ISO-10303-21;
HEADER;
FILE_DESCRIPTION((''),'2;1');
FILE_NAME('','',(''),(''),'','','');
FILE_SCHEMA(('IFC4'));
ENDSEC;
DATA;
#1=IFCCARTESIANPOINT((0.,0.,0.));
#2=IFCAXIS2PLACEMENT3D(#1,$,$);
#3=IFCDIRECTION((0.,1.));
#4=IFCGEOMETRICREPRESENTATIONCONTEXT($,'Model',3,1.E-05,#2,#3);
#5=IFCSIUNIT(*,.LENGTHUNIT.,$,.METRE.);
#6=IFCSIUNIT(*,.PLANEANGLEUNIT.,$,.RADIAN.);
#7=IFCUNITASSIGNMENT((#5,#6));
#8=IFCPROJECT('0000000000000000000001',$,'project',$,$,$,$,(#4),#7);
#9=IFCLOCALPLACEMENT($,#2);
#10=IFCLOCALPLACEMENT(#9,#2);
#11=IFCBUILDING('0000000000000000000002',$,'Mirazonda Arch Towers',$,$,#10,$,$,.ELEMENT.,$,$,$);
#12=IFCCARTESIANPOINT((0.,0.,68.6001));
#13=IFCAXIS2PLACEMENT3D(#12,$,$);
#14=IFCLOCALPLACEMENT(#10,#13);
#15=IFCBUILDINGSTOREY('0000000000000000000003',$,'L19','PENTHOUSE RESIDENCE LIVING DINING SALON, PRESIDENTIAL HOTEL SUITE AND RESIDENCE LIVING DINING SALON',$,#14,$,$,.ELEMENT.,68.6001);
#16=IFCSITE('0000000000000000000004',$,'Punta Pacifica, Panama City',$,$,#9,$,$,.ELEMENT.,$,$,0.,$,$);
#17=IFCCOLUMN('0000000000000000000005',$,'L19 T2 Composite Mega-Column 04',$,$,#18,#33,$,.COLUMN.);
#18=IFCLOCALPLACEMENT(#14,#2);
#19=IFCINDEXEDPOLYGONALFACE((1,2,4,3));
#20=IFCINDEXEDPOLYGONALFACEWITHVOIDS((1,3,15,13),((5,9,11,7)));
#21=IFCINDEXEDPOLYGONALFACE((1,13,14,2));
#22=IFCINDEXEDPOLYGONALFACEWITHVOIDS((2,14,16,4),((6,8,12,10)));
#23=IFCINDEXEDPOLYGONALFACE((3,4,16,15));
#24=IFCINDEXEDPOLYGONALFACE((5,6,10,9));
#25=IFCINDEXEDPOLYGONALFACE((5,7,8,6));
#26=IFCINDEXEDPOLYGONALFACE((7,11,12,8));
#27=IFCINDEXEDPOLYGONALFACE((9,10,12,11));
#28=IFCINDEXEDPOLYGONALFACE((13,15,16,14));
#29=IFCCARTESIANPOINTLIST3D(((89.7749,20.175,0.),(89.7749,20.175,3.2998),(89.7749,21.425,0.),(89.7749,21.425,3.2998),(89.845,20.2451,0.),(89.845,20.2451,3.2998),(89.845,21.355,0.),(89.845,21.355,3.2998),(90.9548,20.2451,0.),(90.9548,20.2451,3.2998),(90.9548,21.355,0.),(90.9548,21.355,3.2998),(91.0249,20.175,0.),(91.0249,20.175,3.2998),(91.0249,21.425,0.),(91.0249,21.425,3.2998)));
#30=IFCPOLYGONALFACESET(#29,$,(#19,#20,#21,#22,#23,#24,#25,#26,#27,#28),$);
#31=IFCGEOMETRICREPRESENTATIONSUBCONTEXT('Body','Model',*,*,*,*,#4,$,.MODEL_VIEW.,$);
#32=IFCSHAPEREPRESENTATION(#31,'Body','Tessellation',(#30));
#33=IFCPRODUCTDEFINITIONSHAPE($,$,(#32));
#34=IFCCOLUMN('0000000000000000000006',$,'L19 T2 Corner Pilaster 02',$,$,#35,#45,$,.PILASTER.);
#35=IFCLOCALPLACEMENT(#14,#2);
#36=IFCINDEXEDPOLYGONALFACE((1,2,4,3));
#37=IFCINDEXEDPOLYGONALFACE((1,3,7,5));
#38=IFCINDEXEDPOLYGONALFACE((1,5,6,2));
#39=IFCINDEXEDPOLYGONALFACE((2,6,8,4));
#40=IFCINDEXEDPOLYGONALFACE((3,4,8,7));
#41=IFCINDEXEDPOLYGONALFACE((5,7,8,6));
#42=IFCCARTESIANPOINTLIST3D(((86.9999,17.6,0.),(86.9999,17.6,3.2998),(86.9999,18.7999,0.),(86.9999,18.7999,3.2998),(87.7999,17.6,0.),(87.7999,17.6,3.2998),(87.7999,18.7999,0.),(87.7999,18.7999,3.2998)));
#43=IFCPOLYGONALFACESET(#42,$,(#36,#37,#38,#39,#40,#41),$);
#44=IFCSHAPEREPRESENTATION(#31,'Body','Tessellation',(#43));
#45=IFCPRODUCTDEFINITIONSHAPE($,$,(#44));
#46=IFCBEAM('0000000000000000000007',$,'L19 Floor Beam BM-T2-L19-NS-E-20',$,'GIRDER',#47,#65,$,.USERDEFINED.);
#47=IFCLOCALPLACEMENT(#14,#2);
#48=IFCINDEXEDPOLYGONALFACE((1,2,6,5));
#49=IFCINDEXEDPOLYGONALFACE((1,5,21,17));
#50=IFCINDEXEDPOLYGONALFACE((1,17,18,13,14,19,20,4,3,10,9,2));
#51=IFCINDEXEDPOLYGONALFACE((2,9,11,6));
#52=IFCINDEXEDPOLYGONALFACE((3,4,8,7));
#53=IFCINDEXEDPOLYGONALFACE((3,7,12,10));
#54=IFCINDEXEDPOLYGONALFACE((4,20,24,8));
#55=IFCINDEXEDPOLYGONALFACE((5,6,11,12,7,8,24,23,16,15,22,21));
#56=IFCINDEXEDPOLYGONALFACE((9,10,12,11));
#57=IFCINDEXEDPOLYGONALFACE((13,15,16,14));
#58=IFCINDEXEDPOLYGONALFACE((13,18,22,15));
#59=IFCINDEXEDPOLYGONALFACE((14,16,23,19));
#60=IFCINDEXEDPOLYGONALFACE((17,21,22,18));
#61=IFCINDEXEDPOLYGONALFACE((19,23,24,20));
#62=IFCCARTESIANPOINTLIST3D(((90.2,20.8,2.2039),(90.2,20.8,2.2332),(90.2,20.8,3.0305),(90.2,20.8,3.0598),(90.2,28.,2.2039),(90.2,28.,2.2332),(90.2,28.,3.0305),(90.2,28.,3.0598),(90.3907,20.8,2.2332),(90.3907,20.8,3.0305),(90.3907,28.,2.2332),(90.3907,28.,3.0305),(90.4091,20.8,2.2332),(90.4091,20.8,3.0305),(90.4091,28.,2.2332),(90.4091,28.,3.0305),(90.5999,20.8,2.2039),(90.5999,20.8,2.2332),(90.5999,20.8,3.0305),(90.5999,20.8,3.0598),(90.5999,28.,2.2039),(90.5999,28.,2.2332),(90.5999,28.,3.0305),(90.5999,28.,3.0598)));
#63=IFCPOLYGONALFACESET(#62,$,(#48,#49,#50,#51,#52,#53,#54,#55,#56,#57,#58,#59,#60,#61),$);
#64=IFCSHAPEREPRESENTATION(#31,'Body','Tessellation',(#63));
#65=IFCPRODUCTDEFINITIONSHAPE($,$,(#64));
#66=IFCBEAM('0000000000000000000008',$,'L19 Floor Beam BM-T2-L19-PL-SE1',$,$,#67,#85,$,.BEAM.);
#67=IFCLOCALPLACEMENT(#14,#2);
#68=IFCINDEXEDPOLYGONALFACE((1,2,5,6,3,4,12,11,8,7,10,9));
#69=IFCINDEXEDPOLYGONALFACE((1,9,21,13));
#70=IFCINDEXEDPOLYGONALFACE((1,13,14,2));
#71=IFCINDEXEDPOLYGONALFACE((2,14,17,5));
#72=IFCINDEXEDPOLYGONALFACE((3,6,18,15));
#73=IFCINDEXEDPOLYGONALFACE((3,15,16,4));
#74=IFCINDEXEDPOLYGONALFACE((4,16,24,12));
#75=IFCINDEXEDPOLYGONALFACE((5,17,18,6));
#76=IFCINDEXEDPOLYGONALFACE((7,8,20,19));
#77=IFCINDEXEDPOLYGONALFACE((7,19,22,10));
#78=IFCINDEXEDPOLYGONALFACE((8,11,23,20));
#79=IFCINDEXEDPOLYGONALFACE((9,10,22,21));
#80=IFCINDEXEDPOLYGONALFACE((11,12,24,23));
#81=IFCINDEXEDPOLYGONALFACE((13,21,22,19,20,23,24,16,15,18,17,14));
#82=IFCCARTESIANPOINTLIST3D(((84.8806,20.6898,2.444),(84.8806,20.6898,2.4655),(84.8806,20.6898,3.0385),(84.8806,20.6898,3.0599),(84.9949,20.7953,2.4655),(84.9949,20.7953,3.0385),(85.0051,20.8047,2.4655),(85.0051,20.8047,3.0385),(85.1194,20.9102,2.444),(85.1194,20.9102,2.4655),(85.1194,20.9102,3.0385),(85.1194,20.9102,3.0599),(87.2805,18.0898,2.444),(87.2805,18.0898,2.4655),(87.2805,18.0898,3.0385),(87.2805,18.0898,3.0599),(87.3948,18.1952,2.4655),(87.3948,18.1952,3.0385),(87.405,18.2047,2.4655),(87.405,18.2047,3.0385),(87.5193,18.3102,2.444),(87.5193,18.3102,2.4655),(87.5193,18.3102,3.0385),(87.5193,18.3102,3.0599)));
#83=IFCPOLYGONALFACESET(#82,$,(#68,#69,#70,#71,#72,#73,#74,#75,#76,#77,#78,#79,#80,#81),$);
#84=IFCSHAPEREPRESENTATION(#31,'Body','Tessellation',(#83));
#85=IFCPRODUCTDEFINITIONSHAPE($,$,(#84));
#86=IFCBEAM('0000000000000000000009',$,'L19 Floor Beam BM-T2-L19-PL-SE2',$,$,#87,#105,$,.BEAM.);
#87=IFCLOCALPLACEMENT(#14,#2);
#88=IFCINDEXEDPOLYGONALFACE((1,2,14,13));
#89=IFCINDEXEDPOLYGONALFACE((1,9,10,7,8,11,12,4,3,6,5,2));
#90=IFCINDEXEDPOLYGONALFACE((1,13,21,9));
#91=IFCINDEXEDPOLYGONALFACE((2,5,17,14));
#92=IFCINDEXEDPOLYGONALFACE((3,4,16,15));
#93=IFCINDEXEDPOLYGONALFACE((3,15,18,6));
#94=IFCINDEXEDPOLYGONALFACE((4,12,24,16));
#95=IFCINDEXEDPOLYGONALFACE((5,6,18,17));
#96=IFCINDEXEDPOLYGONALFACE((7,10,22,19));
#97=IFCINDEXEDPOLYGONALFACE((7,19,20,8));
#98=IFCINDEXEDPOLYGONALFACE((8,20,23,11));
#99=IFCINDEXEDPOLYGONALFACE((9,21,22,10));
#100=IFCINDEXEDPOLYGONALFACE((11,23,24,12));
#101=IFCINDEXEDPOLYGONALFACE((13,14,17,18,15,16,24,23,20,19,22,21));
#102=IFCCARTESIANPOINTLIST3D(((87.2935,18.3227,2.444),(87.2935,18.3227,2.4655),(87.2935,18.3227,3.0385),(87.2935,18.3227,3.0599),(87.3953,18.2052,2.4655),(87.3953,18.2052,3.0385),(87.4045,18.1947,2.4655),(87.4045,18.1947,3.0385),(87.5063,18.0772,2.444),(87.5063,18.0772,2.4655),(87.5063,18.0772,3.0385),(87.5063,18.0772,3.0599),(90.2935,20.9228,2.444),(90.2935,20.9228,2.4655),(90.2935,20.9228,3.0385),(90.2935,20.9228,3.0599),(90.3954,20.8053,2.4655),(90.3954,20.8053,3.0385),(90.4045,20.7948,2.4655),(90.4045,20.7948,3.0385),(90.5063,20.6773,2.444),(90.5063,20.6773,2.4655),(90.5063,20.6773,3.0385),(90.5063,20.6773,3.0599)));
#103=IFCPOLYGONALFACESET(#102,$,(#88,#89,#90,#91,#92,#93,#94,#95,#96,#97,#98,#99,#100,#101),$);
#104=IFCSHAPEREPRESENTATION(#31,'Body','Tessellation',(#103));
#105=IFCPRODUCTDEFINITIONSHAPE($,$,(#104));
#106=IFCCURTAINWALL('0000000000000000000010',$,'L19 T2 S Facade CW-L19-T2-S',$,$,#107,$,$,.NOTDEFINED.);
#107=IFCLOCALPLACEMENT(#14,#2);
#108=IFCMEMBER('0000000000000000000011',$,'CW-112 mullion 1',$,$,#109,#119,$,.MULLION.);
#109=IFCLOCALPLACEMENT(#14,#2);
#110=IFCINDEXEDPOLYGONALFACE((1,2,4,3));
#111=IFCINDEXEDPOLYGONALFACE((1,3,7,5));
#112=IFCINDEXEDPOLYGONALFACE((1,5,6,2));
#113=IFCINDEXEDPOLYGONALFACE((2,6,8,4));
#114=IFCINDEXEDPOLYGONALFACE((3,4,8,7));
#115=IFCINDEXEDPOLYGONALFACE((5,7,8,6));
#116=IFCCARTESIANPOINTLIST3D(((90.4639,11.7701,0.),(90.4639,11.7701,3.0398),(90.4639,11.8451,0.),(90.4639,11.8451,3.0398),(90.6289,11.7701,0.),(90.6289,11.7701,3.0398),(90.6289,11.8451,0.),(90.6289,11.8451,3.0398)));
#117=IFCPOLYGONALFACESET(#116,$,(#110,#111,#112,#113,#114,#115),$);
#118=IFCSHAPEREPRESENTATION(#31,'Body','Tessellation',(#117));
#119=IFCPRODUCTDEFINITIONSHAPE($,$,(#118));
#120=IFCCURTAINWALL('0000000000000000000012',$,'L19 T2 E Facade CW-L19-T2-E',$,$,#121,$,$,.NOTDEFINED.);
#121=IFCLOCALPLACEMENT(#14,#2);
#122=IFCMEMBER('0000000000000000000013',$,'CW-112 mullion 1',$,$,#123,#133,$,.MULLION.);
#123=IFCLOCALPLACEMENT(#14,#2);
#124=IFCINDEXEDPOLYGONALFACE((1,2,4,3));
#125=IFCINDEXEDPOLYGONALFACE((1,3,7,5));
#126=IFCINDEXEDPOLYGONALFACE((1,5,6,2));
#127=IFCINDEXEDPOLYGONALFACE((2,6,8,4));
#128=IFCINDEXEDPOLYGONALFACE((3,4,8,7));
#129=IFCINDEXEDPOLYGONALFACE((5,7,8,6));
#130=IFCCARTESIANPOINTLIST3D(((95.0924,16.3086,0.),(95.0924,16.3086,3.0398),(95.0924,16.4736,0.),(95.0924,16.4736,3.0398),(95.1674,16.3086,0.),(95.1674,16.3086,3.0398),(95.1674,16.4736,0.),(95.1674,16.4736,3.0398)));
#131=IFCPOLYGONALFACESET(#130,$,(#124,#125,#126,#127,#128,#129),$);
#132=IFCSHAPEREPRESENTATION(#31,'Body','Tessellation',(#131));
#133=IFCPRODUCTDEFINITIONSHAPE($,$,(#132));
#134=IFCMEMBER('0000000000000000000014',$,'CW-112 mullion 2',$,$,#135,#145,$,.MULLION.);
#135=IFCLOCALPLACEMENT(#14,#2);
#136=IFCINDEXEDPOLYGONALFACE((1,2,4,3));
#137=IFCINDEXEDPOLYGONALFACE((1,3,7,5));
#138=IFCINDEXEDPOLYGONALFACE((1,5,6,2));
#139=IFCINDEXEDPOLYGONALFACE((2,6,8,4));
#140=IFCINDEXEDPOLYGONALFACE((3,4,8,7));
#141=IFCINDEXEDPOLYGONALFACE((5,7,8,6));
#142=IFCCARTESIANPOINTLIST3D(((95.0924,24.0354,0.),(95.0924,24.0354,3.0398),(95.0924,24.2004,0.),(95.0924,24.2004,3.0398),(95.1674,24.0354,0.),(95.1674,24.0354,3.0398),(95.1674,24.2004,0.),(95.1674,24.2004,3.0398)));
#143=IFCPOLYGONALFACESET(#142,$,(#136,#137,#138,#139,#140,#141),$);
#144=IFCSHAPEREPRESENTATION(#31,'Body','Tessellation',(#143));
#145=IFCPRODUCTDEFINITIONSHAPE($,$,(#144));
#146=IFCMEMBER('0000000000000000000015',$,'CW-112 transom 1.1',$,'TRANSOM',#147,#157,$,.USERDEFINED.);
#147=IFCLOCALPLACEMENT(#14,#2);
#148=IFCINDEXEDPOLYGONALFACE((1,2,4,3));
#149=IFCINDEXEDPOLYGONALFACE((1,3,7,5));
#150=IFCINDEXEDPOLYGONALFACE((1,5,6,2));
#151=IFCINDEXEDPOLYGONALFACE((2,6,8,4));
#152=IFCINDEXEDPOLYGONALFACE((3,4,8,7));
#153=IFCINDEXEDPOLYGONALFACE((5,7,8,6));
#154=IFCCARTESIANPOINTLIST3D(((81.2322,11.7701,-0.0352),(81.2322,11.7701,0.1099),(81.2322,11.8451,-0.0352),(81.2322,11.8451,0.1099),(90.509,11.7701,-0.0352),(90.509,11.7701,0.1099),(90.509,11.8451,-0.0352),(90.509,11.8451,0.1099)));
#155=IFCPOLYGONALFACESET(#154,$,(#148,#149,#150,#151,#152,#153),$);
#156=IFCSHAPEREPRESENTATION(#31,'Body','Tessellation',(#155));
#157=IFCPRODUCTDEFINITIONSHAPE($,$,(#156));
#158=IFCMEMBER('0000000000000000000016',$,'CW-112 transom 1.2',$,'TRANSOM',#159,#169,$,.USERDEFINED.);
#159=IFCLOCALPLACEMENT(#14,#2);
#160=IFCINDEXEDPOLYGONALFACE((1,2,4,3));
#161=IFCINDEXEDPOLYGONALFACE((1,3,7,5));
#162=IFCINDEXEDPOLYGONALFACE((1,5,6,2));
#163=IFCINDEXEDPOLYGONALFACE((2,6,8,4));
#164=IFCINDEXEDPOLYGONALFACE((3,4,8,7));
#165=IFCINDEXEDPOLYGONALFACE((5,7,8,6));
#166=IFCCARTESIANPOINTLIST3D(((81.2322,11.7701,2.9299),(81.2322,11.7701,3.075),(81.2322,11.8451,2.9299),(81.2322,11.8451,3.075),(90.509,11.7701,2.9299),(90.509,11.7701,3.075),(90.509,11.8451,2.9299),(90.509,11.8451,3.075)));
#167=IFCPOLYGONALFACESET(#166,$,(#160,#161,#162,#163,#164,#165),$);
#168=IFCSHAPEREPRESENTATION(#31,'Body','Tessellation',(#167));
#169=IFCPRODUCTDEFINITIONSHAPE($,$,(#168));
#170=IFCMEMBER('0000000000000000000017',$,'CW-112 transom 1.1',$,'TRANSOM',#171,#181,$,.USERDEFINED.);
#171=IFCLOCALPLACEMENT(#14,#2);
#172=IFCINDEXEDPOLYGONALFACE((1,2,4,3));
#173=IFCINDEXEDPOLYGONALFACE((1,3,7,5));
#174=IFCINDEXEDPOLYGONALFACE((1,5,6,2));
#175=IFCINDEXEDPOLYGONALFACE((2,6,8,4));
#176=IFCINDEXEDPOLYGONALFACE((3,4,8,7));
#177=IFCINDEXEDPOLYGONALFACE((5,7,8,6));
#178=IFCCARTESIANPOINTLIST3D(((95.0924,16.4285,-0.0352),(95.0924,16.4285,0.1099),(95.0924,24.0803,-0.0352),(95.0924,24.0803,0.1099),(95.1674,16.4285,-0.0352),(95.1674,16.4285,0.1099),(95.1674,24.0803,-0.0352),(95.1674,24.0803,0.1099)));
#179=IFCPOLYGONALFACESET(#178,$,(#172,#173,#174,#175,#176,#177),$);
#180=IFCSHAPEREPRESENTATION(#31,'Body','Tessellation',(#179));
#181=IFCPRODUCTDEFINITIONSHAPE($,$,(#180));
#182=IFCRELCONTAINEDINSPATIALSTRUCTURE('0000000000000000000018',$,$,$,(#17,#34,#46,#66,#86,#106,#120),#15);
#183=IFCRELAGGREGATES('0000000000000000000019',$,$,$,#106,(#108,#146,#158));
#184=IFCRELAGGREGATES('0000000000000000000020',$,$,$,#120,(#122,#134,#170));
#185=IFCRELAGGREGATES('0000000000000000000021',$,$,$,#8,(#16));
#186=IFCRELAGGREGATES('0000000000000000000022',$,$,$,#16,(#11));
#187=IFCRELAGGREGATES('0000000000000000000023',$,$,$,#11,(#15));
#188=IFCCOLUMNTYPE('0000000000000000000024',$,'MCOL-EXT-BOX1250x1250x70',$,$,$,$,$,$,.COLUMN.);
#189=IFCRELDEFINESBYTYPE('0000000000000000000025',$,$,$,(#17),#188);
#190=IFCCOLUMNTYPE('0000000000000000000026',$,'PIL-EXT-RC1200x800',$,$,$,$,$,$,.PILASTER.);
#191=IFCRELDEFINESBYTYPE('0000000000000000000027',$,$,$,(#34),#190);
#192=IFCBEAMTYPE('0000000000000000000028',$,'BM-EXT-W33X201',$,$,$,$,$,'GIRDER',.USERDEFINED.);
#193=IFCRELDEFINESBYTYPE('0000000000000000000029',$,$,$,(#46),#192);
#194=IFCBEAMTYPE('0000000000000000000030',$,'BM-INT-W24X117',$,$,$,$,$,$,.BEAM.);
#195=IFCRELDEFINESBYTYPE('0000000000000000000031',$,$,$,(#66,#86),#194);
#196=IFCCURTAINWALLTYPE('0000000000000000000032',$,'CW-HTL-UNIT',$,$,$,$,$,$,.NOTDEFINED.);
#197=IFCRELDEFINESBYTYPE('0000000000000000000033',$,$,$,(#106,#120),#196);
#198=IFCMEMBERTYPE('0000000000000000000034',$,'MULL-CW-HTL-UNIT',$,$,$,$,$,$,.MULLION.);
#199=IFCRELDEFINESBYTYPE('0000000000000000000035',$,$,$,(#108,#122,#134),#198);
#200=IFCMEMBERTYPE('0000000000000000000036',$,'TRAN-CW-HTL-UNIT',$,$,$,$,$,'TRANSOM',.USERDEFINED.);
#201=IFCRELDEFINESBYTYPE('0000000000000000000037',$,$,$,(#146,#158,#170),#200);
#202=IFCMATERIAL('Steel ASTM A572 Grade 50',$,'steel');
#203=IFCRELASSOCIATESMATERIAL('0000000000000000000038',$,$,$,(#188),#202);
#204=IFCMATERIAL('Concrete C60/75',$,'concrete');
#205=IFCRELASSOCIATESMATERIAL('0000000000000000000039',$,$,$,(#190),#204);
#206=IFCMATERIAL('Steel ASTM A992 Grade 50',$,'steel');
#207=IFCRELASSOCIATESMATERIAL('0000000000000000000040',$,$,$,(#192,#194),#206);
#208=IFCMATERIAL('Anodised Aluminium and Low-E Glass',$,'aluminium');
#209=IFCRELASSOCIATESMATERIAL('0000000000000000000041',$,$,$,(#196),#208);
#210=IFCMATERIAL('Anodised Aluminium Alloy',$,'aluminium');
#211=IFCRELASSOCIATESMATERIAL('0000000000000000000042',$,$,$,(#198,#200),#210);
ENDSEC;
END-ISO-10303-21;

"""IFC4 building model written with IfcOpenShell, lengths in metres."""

from ifc_helpers import new_model, si_unit, direction, frame, origin, origin_2d, place, context, subcontext, project, spatial, rectangle, hollow_rectangle, i_section, extrude, material, material_profile, profile_set, type_object, element, aggregate, save


model = new_model("IFC4")

# Units and contexts
model_context = context("Model", 3, precision=1e-05, world=origin(), true_north=direction((0.0, 1.0)))
body_context = subcontext(model_context, "Body", "Model", "MODEL_VIEW")
ifc_project = project(units=[si_unit("LENGTHUNIT", "METRE"), si_unit("PLANEANGLEUNIT", "RADIAN")], contexts=[model_context])

# Site, building, storey
site_placement = place(None, origin())
site = spatial("IfcSite", under=ifc_project, at=site_placement, Name="Punta Pacifica, Panama City", CompositionType="ELEMENT", RefElevation=0.0)
building_placement = place(site_placement, origin())
building = spatial("IfcBuilding", under=site, at=building_placement, Name="Mirazonda Arch Towers", CompositionType="ELEMENT")
storey_placement = place(building_placement, frame((0.0, 0.0, 68.6001)))
storey = spatial("IfcBuildingStorey", under=building, at=storey_placement, Name="L19", Description="PENTHOUSE RESIDENCE LIVING DINING SALON, PRESIDENTIAL HOTEL SUITE AND RESIDENCE LIVING DINING SALON", CompositionType="ELEMENT", Elevation=68.6001)

# Columns
ifc_material_1 = material(Name="Steel ASTM A572 Grade 50", Category="steel")
ifc_material_profile_1 = material_profile(ifc_material_1, hollow_rectangle(XDim=1.25, YDim=1.25, WallThickness=0.0701, at=origin_2d()), Name="BOX1250x1250x70")
ifc_profile_set_1 = profile_set([ifc_material_profile_1], Name="Steel ASTM A572 Grade 50")
column_type_1 = type_object("IfcColumnType", Name="MCOL-EXT-BOX1250x1250x70", PredefinedType="COLUMN", material=ifc_profile_set_1)
column_1_placement = place(storey_placement, frame((90.3999, 20.8, 0.0), z_axis=(0.0, 0.0, 1.0), x_axis=(1.0, 0.0, 0.0)))
element("IfcColumn", 1, at=column_1_placement, inside=storey, type_object=column_type_1, Name="L19 T2 Composite Mega-Column 04", PredefinedType="COLUMN", context=body_context, shape_type="SweptSolid", body=[
    extrude(hollow_rectangle(XDim=1.25, YDim=1.25, WallThickness=0.0701, at=origin_2d()), origin(), (0.0, 0.0, 1.0), 3.2998),
])
ifc_material_2 = material(Name="Concrete C60/75", Category="concrete")
ifc_material_profile_2 = material_profile(ifc_material_2, rectangle(XDim=0.8, YDim=1.2, at=origin_2d()), Name="RC1200x800")
ifc_profile_set_2 = profile_set([ifc_material_profile_2], Name="Concrete C60/75")
column_type_2 = type_object("IfcColumnType", Name="PIL-EXT-RC1200x800", PredefinedType="PILASTER", material=ifc_profile_set_2)
column_2_placement = place(storey_placement, frame((87.3999, 18.2, 0.0), z_axis=(0.0, 0.0, 1.0), x_axis=(1.0, 0.0, 0.0)))
element("IfcColumn", 2, at=column_2_placement, inside=storey, type_object=column_type_2, Name="L19 T2 Corner Pilaster 02", PredefinedType="PILASTER", context=body_context, shape_type="SweptSolid", body=[
    extrude(rectangle(XDim=0.8, YDim=1.2, at=origin_2d()), origin(), (0.0, 0.0, 1.0), 3.2998),
])

# Beams
ifc_material_3 = material(Name="Steel ASTM A992 Grade 50", Category="steel")
ifc_material_profile_3 = material_profile(ifc_material_3, i_section(OverallWidth=0.3999, OverallDepth=0.856, WebThickness=0.0183, FlangeThickness=0.0293, at=origin_2d()), Name="W33X201")
ifc_profile_set_3 = profile_set([ifc_material_profile_3], Name="Steel ASTM A992 Grade 50")
beam_type_1 = type_object("IfcBeamType", Name="BM-EXT-W33X201", ElementType="GIRDER", PredefinedType="USERDEFINED", material=ifc_profile_set_3)
beam_1_placement = place(storey_placement, frame((90.3999, 20.8, 2.6318), z_axis=(0.0, 1.0, 0.0), x_axis=(-1.0, 0.0, 0.0)))
element("IfcBeam", 3, at=beam_1_placement, inside=storey, type_object=beam_type_1, Name="L19 Floor Beam BM-T2-L19-NS-E-20", ObjectType="GIRDER", PredefinedType="USERDEFINED", context=body_context, shape_type="SweptSolid", body=[
    extrude(i_section(OverallWidth=0.3999, OverallDepth=0.856, WebThickness=0.0183, FlangeThickness=0.0293, at=origin_2d()), origin(), (0.0, 0.0, 1.0), 7.2),
])
ifc_material_profile_4 = material_profile(ifc_material_3, i_section(OverallWidth=0.325, OverallDepth=0.616, WebThickness=0.0139, FlangeThickness=0.0215, at=origin_2d()), Name="W24X117")
ifc_profile_set_4 = profile_set([ifc_material_profile_4], Name="Steel ASTM A992 Grade 50")
beam_type_2 = type_object("IfcBeamType", Name="BM-INT-W24X117", PredefinedType="BEAM", material=ifc_profile_set_4)
beam_2_placement = place(storey_placement, frame((87.3999, 18.2, 2.752), z_axis=(-0.678251, 0.73483, 0.0), x_axis=(-0.73483, -0.678251, 0.0)))
element("IfcBeam", 4, at=beam_2_placement, inside=storey, type_object=beam_type_2, Name="L19 Floor Beam BM-T2-L19-PL-SE1", PredefinedType="BEAM", context=body_context, shape_type="SweptSolid", body=[
    extrude(i_section(OverallWidth=0.325, OverallDepth=0.616, WebThickness=0.0139, FlangeThickness=0.0215, at=origin_2d()), origin(), (0.0, 0.0, 1.0), 3.5383),
])
beam_3_placement = place(storey_placement, frame((87.3999, 18.2, 2.752), z_axis=(0.755677, 0.654945, 0.0), x_axis=(-0.654945, 0.755677, 0.0)))
element("IfcBeam", 5, at=beam_3_placement, inside=storey, type_object=beam_type_2, Name="L19 Floor Beam BM-T2-L19-PL-SE2", PredefinedType="BEAM", context=body_context, shape_type="SweptSolid", body=[
    extrude(i_section(OverallWidth=0.325, OverallDepth=0.616, WebThickness=0.0139, FlangeThickness=0.0215, at=origin_2d()), origin(), (0.0, 0.0, 1.0), 3.97),
])

# Curtain wall, member
ifc_material_4 = material(Name="Anodised Aluminium and Low-E Glass", Category="aluminium")
curtain_wall_type = type_object("IfcCurtainWallType", Name="CW-HTL-UNIT", PredefinedType="NOTDEFINED", material=ifc_material_4)
curtain_wall_1_placement = place(storey_placement, origin())
curtain_wall_1 = element("IfcCurtainWall", 6, at=curtain_wall_1_placement, inside=storey, type_object=curtain_wall_type, Name="L19 T2 S Facade CW-L19-T2-S", PredefinedType="NOTDEFINED")
ifc_material_5 = material(Name="Anodised Aluminium Alloy", Category="aluminium")
ifc_material_profile_5 = material_profile(ifc_material_5, rectangle(XDim=0.075, YDim=0.165, at=origin_2d()), Name="ALU-MULL-75x165")
ifc_profile_set_5 = profile_set([ifc_material_profile_5], Name="Anodised Aluminium Alloy")
member_type_1 = type_object("IfcMemberType", Name="MULL-CW-HTL-UNIT", PredefinedType="MULLION", material=ifc_profile_set_5)
member_1_placement = place(storey_placement, frame((90.5464, 11.8076, 0.0), z_axis=(0.0, 0.0, 1.0), x_axis=(0.0, -1.0, 0.0)))
member_1 = element("IfcMember", 7, at=member_1_placement, type_object=member_type_1, Name="CW-112 mullion 1", PredefinedType="MULLION", context=body_context, shape_type="SweptSolid", body=[
    extrude(rectangle(XDim=0.075, YDim=0.165, at=origin_2d()), origin(), (0.0, 0.0, 1.0), 3.0398),
])

# Curtain wall, members
curtain_wall_2_placement = place(storey_placement, origin())
curtain_wall_2 = element("IfcCurtainWall", 8, at=curtain_wall_2_placement, inside=storey, type_object=curtain_wall_type, Name="L19 T2 E Facade CW-L19-T2-E", PredefinedType="NOTDEFINED")
member_2_placement = place(storey_placement, frame((95.1299, 16.3911, 0.0), z_axis=(0.0, 0.0, 1.0), x_axis=(-1.0, 0.0, 0.0)))
member_2 = element("IfcMember", 9, at=member_2_placement, type_object=member_type_1, Name="CW-112 mullion 1", PredefinedType="MULLION", context=body_context, shape_type="SweptSolid", body=[
    extrude(rectangle(XDim=0.075, YDim=0.165, at=origin_2d()), origin(), (0.0, 0.0, 1.0), 3.0398),
])
member_3_placement = place(storey_placement, frame((95.1299, 24.1179, 0.0), z_axis=(0.0, 0.0, 1.0), x_axis=(-1.0, 0.0, 0.0)))
member_3 = element("IfcMember", 10, at=member_3_placement, type_object=member_type_1, Name="CW-112 mullion 2", PredefinedType="MULLION", context=body_context, shape_type="SweptSolid", body=[
    extrude(rectangle(XDim=0.075, YDim=0.165, at=origin_2d()), origin(), (0.0, 0.0, 1.0), 3.0398),
])

# Members
ifc_material_profile_6 = material_profile(ifc_material_5, rectangle(XDim=0.075, YDim=0.145, at=origin_2d()), Name="ALU-TRAN-75x145")
ifc_profile_set_6 = profile_set([ifc_material_profile_6], Name="Anodised Aluminium Alloy")
member_type_2 = type_object("IfcMemberType", Name="TRAN-CW-HTL-UNIT", ElementType="TRANSOM", PredefinedType="USERDEFINED", material=ifc_profile_set_6)
member_4_placement = place(storey_placement, frame((90.509, 11.8076, 0.0374), z_axis=(-1.0, 0.0, 0.0), x_axis=(0.0, -1.0, 0.0)))
member_4 = element("IfcMember", 11, at=member_4_placement, type_object=member_type_2, Name="CW-112 transom 1.1", ObjectType="TRANSOM", PredefinedType="USERDEFINED", context=body_context, shape_type="SweptSolid", body=[
    extrude(rectangle(XDim=0.075, YDim=0.145, at=origin_2d()), origin(), (0.0, 0.0, 1.0), 9.2769),
])
member_5_placement = place(storey_placement, frame((90.509, 11.8076, 3.0024), z_axis=(-1.0, 0.0, 0.0), x_axis=(0.0, -1.0, 0.0)))
member_5 = element("IfcMember", 12, at=member_5_placement, type_object=member_type_2, Name="CW-112 transom 1.2", ObjectType="TRANSOM", PredefinedType="USERDEFINED", context=body_context, shape_type="SweptSolid", body=[
    extrude(rectangle(XDim=0.075, YDim=0.145, at=origin_2d()), origin(), (0.0, 0.0, 1.0), 9.2769),
])
member_6_placement = place(storey_placement, frame((95.1299, 16.4285, 0.0374), z_axis=(0.0, 1.0, 0.0), x_axis=(-1.0, 0.0, 0.0)))
member_6 = element("IfcMember", 13, at=member_6_placement, type_object=member_type_2, Name="CW-112 transom 1.1", ObjectType="TRANSOM", PredefinedType="USERDEFINED", context=body_context, shape_type="SweptSolid", body=[
    extrude(rectangle(XDim=0.075, YDim=0.145, at=origin_2d()), origin(), (0.0, 0.0, 1.0), 7.6519),
])

aggregate(curtain_wall_1, [member_1, member_4, member_5])
aggregate(curtain_wall_2, [member_2, member_3, member_6])

save(model, "model.ifc")
